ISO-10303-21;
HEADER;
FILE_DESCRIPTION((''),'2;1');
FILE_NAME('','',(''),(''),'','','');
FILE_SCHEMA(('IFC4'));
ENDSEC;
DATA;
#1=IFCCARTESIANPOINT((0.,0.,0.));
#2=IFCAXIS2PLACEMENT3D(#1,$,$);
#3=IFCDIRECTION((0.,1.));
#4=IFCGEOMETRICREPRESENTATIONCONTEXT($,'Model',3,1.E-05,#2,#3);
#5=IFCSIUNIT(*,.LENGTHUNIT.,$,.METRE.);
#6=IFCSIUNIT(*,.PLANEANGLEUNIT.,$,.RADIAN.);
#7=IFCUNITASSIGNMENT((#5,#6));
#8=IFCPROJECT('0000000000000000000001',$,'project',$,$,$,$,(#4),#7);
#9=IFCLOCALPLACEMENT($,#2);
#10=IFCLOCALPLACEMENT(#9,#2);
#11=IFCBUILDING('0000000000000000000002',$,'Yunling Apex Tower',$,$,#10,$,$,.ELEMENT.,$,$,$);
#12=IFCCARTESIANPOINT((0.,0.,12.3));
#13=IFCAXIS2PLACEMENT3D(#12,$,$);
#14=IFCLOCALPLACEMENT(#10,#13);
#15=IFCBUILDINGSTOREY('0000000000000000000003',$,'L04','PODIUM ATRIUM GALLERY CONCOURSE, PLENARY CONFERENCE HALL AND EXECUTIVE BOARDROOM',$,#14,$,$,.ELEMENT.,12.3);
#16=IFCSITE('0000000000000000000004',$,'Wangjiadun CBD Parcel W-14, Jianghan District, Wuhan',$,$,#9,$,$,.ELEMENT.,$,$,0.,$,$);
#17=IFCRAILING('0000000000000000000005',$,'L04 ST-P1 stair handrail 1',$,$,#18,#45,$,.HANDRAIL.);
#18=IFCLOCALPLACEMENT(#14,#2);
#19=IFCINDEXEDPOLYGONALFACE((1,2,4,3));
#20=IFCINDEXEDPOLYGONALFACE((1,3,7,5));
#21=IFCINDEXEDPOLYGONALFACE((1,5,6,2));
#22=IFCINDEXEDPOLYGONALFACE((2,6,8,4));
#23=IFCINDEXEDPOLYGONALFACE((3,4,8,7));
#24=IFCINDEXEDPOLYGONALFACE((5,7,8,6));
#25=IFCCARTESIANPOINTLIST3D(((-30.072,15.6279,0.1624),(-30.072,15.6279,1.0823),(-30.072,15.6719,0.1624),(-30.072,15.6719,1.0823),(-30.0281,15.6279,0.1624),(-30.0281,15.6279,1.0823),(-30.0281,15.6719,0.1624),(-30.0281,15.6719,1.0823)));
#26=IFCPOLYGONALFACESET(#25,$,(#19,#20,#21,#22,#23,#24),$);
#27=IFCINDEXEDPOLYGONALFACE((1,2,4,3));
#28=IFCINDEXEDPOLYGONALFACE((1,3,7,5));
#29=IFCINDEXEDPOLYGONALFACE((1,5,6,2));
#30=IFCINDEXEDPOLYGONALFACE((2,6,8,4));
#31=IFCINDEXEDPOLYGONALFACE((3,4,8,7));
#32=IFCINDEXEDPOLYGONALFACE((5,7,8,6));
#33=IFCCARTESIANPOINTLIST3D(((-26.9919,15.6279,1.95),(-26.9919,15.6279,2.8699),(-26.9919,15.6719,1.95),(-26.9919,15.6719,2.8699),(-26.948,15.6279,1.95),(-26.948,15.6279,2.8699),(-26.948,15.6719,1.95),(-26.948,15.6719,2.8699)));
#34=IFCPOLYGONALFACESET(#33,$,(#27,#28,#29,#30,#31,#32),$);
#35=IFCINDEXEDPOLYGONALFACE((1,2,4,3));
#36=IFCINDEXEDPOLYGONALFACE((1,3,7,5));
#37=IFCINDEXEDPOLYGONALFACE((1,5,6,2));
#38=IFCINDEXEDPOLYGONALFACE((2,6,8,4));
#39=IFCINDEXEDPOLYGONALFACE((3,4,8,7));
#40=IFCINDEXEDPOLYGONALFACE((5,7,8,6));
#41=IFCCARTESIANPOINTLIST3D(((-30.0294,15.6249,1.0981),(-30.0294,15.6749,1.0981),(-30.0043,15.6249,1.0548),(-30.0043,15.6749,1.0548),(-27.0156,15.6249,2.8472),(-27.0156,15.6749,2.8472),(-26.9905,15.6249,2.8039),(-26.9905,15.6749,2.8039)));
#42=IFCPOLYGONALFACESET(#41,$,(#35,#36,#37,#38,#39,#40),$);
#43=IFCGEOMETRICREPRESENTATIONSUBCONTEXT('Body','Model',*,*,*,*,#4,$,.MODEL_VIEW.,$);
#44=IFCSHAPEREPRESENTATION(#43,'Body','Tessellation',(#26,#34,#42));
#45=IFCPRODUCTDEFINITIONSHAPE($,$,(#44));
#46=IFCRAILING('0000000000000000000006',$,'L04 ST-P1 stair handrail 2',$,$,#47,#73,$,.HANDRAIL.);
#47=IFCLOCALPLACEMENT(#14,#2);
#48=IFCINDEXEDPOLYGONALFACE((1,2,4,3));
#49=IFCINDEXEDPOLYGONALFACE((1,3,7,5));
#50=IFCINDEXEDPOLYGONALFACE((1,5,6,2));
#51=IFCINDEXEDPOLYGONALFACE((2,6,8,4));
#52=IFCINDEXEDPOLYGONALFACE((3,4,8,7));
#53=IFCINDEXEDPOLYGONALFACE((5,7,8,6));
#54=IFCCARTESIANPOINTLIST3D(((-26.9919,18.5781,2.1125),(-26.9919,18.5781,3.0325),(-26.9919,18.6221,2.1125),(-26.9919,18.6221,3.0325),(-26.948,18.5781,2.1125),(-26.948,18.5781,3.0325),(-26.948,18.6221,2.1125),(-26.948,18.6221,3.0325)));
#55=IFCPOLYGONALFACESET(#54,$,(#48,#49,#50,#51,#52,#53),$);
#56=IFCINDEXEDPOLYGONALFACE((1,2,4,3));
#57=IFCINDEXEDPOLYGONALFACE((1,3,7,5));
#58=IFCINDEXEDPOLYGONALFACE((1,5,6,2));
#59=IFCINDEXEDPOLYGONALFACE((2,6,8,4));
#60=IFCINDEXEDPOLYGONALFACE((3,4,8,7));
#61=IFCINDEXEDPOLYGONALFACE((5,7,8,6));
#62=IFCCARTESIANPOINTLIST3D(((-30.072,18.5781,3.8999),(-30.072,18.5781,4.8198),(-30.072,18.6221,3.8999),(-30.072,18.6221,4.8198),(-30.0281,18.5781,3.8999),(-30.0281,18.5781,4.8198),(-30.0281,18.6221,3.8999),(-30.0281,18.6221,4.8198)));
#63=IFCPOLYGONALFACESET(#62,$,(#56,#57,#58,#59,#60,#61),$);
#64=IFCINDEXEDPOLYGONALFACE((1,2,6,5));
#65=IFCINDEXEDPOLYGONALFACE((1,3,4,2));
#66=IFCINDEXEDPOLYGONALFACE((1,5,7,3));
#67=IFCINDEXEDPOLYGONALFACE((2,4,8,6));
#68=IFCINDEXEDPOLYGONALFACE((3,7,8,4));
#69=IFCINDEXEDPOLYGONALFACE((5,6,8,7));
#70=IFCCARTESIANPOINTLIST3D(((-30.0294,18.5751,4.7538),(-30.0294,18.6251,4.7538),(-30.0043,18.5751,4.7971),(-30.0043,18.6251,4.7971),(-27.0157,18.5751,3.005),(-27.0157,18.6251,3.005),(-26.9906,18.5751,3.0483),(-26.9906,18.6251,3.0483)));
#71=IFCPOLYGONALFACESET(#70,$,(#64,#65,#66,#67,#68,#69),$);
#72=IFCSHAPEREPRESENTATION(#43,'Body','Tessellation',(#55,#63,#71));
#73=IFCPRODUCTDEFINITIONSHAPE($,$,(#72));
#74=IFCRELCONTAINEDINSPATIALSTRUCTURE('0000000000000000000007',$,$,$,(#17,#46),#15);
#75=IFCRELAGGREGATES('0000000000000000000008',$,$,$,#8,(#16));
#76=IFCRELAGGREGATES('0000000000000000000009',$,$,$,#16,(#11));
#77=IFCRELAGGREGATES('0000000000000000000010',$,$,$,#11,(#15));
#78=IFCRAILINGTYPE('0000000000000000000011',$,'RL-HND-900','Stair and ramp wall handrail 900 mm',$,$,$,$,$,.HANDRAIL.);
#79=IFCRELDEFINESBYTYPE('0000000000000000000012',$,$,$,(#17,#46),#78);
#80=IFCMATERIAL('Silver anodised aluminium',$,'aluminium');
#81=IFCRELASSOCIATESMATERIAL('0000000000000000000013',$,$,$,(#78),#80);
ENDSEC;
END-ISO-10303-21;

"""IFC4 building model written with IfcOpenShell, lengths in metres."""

from ifc_helpers import new_model, si_unit, direction, frame, origin, origin_2d, place, context, subcontext, project, spatial, rectangle, extrude, material, type_object, element, save


model = new_model("IFC4")

# Units and contexts
model_context = context("Model", 3, precision=1e-05, world=origin(), true_north=direction((0.0, 1.0)))
body_context = subcontext(model_context, "Body", "Model", "MODEL_VIEW")
ifc_project = project(units=[si_unit("LENGTHUNIT", "METRE"), si_unit("PLANEANGLEUNIT", "RADIAN")], contexts=[model_context])

# Site, building, storey
site_placement = place(None, origin())
site = spatial("IfcSite", under=ifc_project, at=site_placement, Name="Wangjiadun CBD Parcel W-14, Jianghan District, Wuhan", CompositionType="ELEMENT", RefElevation=0.0)
building_placement = place(site_placement, origin())
building = spatial("IfcBuilding", under=site, at=building_placement, Name="Yunling Apex Tower", CompositionType="ELEMENT")
storey_placement = place(building_placement, frame((0.0, 0.0, 12.3)))
storey = spatial("IfcBuildingStorey", under=building, at=storey_placement, Name="L04", Description="PODIUM ATRIUM GALLERY CONCOURSE, PLENARY CONFERENCE HALL AND EXECUTIVE BOARDROOM", CompositionType="ELEMENT", Elevation=12.3)

# Railings
ifc_material_1 = material(Name="Silver anodised aluminium", Category="aluminium")
railing_type_1 = type_object("IfcRailingType", Name="RL-HND-900", Description="Stair and ramp wall handrail 900 mm", PredefinedType="HANDRAIL", material=ifc_material_1)
railing_1_placement = place(storey_placement, frame((-30.05, 15.6499, 0.1624)))
element("IfcRailing", 1, at=railing_1_placement, inside=storey, type_object=railing_type_1, Name="L04 ST-P1 stair handrail 1", PredefinedType="HANDRAIL", context=body_context, shape_type="SweptSolid", body=[
    extrude(rectangle(XDim=0.0439, YDim=0.0439, at=origin_2d()), origin(), (0.0, 0.0, 1.0), 0.9199),
    extrude(rectangle(XDim=0.0439, YDim=0.0439, at=origin_2d()), frame((3.0801, 0.0, 1.7876)), (0.0, 0.0, 1.0), 0.9199),
    extrude(rectangle(XDim=0.05, YDim=0.05, at=origin_2d()), frame((0.0332, 0.0, 0.9141), z_axis=(0.864891, 0.0, 0.50196), x_axis=(0.0, 1.0, 0.0)), (0.0, 0.0, 1.0), 3.4846),
])
railing_2_placement = place(storey_placement, frame((-26.97, 18.6001, 2.1125)))
element("IfcRailing", 2, at=railing_2_placement, inside=storey, type_object=railing_type_1, Name="L04 ST-P1 stair handrail 2", PredefinedType="HANDRAIL", context=body_context, shape_type="SweptSolid", body=[
    extrude(rectangle(XDim=0.0439, YDim=0.0439, at=origin_2d()), origin(), (0.0, 0.0, 1.0), 0.9199),
    extrude(rectangle(XDim=0.0439, YDim=0.0439, at=origin_2d()), frame((-3.0801, 0.0, 1.7874)), (0.0, 0.0, 1.0), 0.9199),
    extrude(rectangle(XDim=0.05, YDim=0.05, at=origin_2d()), frame((-0.0332, 0.0, 0.9141), z_axis=(-0.86492, 0.0, 0.501909), x_axis=(0.0, -1.0, 0.0)), (0.0, 0.0, 1.0), 3.4844),
])

save(model, "model.ifc")
